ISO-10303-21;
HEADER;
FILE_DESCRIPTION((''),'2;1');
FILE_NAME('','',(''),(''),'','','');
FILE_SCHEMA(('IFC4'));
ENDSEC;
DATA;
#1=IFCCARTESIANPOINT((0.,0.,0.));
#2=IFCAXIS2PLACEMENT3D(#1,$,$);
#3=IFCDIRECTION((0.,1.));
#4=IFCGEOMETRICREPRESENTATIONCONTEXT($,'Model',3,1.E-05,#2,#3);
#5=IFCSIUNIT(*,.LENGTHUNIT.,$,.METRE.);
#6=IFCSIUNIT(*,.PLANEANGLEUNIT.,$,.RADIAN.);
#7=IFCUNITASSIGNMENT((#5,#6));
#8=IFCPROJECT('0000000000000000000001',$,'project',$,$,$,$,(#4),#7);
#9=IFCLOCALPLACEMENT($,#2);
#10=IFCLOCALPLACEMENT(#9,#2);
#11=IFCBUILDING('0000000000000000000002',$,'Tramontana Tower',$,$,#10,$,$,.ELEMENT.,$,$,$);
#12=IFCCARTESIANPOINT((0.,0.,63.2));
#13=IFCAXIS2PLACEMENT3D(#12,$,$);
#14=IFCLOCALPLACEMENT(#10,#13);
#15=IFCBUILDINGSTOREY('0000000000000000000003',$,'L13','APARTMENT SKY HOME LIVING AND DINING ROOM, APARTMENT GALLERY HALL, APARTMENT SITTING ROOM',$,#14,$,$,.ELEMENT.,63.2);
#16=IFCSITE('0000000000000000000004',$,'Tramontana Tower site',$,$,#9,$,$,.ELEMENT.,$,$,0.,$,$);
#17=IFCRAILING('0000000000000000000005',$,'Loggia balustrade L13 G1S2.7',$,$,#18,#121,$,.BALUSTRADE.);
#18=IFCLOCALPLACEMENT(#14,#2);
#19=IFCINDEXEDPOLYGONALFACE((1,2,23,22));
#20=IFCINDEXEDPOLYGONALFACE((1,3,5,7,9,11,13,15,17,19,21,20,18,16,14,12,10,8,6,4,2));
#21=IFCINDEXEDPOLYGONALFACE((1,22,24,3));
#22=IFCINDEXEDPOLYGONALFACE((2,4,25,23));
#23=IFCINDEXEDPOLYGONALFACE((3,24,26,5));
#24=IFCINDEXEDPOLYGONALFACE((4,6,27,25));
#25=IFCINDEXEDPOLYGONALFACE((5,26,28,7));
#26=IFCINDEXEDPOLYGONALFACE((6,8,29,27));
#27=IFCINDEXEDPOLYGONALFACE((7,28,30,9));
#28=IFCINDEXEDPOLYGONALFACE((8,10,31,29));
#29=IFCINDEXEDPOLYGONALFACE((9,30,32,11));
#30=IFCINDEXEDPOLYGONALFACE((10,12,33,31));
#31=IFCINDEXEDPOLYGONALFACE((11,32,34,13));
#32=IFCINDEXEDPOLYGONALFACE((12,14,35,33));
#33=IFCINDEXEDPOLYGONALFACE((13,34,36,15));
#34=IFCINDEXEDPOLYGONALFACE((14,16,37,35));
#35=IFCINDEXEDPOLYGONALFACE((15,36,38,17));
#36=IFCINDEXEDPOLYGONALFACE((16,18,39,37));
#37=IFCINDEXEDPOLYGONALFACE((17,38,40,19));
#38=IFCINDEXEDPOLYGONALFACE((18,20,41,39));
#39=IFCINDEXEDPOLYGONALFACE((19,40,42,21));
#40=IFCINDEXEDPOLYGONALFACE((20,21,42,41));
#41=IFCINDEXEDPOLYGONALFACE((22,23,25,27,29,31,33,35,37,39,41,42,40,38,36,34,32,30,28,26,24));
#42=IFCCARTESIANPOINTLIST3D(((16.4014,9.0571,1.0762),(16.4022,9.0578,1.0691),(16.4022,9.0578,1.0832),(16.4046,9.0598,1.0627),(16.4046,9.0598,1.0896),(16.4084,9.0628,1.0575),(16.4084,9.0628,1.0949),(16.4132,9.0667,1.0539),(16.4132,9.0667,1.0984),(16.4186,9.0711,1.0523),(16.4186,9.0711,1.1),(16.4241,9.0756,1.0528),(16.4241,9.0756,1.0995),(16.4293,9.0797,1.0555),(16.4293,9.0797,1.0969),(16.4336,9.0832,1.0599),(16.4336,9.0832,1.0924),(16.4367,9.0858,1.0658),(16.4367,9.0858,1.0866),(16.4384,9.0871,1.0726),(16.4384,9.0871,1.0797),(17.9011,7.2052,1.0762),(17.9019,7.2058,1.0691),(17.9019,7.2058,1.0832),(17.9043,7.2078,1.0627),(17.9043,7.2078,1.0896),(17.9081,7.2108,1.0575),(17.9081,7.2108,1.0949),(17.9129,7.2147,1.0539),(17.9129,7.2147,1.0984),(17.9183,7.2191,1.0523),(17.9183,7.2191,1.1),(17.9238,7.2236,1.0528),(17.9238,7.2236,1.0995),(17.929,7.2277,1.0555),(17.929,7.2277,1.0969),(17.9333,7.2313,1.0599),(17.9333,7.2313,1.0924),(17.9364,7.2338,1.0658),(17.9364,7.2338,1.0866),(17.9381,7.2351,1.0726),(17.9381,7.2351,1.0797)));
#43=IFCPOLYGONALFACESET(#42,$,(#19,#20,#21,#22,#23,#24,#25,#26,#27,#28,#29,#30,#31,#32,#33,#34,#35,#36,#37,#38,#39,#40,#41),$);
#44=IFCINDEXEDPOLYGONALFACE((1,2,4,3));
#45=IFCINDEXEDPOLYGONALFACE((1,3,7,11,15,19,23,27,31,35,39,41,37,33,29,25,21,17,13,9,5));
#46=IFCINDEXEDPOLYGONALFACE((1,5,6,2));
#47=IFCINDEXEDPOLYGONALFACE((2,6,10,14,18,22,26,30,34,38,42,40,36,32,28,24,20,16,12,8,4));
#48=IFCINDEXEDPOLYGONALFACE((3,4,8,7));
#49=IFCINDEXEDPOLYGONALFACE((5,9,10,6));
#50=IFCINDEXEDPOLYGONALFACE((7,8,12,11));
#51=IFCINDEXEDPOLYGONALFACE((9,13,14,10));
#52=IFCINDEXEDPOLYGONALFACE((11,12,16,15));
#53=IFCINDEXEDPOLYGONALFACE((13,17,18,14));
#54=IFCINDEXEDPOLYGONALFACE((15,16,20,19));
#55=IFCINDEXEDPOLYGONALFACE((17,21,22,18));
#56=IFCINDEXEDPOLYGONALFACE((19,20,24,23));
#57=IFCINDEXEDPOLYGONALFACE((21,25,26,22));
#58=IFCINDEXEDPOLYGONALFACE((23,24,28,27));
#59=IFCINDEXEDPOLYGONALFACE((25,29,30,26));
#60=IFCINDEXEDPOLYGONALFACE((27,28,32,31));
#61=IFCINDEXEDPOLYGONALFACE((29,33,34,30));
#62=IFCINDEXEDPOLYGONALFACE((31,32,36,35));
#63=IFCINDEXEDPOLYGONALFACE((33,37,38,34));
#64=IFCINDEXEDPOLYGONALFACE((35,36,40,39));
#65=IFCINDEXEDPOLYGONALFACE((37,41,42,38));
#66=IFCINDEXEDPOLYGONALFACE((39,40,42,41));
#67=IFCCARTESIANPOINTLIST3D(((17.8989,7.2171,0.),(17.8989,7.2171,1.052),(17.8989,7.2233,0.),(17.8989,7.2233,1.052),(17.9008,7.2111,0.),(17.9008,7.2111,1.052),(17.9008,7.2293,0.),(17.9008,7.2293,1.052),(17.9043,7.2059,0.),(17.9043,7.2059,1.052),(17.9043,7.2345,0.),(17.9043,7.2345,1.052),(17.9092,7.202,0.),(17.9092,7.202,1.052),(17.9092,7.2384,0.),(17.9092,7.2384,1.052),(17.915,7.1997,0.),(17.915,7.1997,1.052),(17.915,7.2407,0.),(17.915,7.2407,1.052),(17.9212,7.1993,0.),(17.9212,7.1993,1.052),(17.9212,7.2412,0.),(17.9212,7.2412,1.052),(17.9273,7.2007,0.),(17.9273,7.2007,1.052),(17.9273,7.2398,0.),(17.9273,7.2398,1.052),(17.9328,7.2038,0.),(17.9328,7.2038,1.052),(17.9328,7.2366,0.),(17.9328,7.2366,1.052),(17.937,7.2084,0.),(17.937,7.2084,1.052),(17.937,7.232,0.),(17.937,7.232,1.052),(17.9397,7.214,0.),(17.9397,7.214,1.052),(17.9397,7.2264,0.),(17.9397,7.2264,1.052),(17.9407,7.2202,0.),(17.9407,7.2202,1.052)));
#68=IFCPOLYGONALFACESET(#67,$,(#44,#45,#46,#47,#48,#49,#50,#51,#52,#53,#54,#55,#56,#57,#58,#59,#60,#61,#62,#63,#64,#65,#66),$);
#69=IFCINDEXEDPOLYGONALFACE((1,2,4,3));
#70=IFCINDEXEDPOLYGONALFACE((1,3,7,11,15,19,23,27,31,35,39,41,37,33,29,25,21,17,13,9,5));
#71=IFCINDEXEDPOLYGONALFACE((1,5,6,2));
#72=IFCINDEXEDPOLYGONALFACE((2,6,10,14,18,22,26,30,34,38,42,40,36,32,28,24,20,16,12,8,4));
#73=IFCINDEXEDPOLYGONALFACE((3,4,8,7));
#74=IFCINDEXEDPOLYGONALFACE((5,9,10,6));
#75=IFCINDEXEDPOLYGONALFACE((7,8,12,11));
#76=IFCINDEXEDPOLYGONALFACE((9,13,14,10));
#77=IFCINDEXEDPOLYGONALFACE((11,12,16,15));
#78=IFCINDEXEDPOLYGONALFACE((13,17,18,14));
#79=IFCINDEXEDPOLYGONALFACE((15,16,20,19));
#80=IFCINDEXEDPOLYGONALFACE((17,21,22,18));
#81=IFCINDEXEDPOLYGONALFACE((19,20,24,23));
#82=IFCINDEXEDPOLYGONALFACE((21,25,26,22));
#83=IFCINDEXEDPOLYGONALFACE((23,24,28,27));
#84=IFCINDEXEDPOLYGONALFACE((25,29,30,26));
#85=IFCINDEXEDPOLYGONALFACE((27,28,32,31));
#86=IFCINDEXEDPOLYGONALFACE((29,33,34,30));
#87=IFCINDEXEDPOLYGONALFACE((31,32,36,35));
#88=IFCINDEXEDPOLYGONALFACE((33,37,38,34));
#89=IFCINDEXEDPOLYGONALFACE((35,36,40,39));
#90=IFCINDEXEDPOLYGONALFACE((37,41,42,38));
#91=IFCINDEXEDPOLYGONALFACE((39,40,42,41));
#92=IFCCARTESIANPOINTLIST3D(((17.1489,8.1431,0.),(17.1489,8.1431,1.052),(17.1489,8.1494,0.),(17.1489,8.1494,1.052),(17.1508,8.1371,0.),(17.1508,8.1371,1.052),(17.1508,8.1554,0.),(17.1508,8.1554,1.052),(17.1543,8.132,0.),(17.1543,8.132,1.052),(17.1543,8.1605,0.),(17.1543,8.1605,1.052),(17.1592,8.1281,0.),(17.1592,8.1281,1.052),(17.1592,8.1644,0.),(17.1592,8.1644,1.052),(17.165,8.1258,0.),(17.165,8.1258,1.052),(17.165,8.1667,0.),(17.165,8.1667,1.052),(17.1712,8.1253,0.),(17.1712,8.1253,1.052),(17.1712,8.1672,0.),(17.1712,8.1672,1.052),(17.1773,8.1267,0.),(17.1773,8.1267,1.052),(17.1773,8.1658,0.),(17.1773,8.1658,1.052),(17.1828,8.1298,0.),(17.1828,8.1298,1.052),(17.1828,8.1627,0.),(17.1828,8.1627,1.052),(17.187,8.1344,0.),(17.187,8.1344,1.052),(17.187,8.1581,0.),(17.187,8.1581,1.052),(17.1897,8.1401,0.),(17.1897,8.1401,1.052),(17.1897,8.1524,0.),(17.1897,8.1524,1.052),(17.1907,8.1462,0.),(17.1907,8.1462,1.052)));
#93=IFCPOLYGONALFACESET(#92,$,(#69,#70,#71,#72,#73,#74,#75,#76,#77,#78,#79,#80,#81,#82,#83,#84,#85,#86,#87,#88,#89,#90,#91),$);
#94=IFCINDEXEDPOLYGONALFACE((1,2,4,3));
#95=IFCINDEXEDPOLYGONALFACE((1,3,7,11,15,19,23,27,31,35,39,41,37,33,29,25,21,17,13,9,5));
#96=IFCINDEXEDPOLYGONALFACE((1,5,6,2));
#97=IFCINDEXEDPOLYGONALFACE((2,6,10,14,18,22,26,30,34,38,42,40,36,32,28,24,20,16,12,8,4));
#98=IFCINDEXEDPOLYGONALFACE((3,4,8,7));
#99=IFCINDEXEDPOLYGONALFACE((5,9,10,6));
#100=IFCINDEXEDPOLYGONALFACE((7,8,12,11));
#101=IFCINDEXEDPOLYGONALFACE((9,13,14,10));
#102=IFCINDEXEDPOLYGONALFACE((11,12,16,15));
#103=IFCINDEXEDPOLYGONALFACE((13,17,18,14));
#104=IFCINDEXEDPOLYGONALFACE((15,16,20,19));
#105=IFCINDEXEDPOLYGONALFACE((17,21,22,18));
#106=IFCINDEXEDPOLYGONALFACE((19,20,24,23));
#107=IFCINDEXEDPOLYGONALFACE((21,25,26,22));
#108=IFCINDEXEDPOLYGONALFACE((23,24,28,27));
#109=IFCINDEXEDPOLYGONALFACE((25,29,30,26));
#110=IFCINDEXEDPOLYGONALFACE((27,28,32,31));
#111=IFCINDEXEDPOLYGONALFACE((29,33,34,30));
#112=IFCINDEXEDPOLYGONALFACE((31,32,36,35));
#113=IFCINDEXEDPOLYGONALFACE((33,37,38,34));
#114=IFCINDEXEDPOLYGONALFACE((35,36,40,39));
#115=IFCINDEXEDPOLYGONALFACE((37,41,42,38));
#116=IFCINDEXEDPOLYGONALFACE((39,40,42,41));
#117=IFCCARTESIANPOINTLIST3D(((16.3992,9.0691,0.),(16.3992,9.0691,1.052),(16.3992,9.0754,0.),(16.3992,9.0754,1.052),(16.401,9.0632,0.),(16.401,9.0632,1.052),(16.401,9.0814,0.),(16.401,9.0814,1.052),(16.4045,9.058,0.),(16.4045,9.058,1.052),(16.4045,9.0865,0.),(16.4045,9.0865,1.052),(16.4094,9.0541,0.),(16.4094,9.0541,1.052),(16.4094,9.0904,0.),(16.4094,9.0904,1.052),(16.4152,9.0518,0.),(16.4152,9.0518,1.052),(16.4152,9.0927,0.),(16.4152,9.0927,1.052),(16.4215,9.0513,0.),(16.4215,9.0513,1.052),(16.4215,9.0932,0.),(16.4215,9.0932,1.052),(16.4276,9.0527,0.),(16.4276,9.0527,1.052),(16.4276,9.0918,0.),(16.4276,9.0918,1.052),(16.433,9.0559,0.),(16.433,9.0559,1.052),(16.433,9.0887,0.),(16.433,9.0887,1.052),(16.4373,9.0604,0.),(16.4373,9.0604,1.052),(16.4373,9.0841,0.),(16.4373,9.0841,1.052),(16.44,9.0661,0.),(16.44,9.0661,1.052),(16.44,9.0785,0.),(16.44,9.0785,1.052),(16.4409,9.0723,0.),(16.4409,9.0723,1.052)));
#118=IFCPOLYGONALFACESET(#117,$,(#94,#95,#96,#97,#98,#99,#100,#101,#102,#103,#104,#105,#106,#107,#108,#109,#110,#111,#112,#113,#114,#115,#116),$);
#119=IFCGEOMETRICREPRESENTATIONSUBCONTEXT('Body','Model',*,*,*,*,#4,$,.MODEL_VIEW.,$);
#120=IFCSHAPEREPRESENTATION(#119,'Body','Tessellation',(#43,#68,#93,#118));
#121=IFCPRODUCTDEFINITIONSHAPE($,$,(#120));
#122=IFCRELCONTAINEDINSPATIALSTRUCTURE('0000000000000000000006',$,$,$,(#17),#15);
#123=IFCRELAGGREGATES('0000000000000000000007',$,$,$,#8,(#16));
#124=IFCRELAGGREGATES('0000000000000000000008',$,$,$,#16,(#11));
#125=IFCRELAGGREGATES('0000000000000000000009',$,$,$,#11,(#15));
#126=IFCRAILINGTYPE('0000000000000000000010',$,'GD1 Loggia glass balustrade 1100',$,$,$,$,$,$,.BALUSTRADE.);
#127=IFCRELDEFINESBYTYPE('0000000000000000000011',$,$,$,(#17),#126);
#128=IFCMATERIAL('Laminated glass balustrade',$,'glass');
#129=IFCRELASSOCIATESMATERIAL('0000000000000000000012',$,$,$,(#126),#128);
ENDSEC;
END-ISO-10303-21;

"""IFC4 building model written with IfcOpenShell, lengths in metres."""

from ifc_helpers import new_model, si_unit, direction, frame, origin, origin_2d, place, context, subcontext, project, spatial, circle, extrude, material, type_object, element, save


model = new_model("IFC4")

# Units and contexts
model_context = context("Model", 3, precision=1e-05, world=origin(), true_north=direction((0.0, 1.0)))
body_context = subcontext(model_context, "Body", "Model", "MODEL_VIEW")
ifc_project = project(units=[si_unit("LENGTHUNIT", "METRE"), si_unit("PLANEANGLEUNIT", "RADIAN")], contexts=[model_context])

# Site, building, storey
site_placement = place(None, origin())
site = spatial("IfcSite", under=ifc_project, at=site_placement, Name="Tramontana Tower site", CompositionType="ELEMENT", RefElevation=0.0)
building_placement = place(site_placement, origin())
building = spatial("IfcBuilding", under=site, at=building_placement, Name="Tramontana Tower", CompositionType="ELEMENT")
storey_placement = place(building_placement, frame((0.0, 0.0, 63.2)))
storey = spatial("IfcBuildingStorey", under=building, at=storey_placement, Name="L13", Description="APARTMENT SKY HOME LIVING AND DINING ROOM, APARTMENT GALLERY HALL, APARTMENT SITTING ROOM", CompositionType="ELEMENT", Elevation=63.2)

# Railing
ifc_material_1 = material(Name="Laminated glass balustrade", Category="glass")
railing_type = type_object("IfcRailingType", Name="GD1 Loggia glass balustrade 1100", PredefinedType="BALUSTRADE", material=ifc_material_1)
railing_1_placement = place(storey_placement, frame((17.9197, 7.2202, 0.0)))
element("IfcRailing", 1, at=railing_1_placement, inside=storey, type_object=railing_type, Name="Loggia balustrade L13 G1S2.7", PredefinedType="BALUSTRADE", context=body_context, shape_type="SweptSolid", body=[
    extrude(circle(Radius=0.0239, at=origin_2d()), frame((0.0, 0.0, 1.0762), z_axis=(-0.629319, 0.777147, 0.0), x_axis=(-0.777147, -0.629319, 0.0)), (0.0, 0.0, 1.0), 2.3831),
    extrude(circle(Radius=0.021, at=origin_2d()), origin(), (0.0, 0.0, 1.0), 1.052),
    extrude(circle(Radius=0.021, at=origin_2d()), frame((-0.75, 0.926, 0.0)), (0.0, 0.0, 1.0), 1.052),
    extrude(circle(Radius=0.021, at=origin_2d()), frame((-1.4998, 1.8521, 0.0)), (0.0, 0.0, 1.0), 1.052),
])

save(model, "model.ifc")
